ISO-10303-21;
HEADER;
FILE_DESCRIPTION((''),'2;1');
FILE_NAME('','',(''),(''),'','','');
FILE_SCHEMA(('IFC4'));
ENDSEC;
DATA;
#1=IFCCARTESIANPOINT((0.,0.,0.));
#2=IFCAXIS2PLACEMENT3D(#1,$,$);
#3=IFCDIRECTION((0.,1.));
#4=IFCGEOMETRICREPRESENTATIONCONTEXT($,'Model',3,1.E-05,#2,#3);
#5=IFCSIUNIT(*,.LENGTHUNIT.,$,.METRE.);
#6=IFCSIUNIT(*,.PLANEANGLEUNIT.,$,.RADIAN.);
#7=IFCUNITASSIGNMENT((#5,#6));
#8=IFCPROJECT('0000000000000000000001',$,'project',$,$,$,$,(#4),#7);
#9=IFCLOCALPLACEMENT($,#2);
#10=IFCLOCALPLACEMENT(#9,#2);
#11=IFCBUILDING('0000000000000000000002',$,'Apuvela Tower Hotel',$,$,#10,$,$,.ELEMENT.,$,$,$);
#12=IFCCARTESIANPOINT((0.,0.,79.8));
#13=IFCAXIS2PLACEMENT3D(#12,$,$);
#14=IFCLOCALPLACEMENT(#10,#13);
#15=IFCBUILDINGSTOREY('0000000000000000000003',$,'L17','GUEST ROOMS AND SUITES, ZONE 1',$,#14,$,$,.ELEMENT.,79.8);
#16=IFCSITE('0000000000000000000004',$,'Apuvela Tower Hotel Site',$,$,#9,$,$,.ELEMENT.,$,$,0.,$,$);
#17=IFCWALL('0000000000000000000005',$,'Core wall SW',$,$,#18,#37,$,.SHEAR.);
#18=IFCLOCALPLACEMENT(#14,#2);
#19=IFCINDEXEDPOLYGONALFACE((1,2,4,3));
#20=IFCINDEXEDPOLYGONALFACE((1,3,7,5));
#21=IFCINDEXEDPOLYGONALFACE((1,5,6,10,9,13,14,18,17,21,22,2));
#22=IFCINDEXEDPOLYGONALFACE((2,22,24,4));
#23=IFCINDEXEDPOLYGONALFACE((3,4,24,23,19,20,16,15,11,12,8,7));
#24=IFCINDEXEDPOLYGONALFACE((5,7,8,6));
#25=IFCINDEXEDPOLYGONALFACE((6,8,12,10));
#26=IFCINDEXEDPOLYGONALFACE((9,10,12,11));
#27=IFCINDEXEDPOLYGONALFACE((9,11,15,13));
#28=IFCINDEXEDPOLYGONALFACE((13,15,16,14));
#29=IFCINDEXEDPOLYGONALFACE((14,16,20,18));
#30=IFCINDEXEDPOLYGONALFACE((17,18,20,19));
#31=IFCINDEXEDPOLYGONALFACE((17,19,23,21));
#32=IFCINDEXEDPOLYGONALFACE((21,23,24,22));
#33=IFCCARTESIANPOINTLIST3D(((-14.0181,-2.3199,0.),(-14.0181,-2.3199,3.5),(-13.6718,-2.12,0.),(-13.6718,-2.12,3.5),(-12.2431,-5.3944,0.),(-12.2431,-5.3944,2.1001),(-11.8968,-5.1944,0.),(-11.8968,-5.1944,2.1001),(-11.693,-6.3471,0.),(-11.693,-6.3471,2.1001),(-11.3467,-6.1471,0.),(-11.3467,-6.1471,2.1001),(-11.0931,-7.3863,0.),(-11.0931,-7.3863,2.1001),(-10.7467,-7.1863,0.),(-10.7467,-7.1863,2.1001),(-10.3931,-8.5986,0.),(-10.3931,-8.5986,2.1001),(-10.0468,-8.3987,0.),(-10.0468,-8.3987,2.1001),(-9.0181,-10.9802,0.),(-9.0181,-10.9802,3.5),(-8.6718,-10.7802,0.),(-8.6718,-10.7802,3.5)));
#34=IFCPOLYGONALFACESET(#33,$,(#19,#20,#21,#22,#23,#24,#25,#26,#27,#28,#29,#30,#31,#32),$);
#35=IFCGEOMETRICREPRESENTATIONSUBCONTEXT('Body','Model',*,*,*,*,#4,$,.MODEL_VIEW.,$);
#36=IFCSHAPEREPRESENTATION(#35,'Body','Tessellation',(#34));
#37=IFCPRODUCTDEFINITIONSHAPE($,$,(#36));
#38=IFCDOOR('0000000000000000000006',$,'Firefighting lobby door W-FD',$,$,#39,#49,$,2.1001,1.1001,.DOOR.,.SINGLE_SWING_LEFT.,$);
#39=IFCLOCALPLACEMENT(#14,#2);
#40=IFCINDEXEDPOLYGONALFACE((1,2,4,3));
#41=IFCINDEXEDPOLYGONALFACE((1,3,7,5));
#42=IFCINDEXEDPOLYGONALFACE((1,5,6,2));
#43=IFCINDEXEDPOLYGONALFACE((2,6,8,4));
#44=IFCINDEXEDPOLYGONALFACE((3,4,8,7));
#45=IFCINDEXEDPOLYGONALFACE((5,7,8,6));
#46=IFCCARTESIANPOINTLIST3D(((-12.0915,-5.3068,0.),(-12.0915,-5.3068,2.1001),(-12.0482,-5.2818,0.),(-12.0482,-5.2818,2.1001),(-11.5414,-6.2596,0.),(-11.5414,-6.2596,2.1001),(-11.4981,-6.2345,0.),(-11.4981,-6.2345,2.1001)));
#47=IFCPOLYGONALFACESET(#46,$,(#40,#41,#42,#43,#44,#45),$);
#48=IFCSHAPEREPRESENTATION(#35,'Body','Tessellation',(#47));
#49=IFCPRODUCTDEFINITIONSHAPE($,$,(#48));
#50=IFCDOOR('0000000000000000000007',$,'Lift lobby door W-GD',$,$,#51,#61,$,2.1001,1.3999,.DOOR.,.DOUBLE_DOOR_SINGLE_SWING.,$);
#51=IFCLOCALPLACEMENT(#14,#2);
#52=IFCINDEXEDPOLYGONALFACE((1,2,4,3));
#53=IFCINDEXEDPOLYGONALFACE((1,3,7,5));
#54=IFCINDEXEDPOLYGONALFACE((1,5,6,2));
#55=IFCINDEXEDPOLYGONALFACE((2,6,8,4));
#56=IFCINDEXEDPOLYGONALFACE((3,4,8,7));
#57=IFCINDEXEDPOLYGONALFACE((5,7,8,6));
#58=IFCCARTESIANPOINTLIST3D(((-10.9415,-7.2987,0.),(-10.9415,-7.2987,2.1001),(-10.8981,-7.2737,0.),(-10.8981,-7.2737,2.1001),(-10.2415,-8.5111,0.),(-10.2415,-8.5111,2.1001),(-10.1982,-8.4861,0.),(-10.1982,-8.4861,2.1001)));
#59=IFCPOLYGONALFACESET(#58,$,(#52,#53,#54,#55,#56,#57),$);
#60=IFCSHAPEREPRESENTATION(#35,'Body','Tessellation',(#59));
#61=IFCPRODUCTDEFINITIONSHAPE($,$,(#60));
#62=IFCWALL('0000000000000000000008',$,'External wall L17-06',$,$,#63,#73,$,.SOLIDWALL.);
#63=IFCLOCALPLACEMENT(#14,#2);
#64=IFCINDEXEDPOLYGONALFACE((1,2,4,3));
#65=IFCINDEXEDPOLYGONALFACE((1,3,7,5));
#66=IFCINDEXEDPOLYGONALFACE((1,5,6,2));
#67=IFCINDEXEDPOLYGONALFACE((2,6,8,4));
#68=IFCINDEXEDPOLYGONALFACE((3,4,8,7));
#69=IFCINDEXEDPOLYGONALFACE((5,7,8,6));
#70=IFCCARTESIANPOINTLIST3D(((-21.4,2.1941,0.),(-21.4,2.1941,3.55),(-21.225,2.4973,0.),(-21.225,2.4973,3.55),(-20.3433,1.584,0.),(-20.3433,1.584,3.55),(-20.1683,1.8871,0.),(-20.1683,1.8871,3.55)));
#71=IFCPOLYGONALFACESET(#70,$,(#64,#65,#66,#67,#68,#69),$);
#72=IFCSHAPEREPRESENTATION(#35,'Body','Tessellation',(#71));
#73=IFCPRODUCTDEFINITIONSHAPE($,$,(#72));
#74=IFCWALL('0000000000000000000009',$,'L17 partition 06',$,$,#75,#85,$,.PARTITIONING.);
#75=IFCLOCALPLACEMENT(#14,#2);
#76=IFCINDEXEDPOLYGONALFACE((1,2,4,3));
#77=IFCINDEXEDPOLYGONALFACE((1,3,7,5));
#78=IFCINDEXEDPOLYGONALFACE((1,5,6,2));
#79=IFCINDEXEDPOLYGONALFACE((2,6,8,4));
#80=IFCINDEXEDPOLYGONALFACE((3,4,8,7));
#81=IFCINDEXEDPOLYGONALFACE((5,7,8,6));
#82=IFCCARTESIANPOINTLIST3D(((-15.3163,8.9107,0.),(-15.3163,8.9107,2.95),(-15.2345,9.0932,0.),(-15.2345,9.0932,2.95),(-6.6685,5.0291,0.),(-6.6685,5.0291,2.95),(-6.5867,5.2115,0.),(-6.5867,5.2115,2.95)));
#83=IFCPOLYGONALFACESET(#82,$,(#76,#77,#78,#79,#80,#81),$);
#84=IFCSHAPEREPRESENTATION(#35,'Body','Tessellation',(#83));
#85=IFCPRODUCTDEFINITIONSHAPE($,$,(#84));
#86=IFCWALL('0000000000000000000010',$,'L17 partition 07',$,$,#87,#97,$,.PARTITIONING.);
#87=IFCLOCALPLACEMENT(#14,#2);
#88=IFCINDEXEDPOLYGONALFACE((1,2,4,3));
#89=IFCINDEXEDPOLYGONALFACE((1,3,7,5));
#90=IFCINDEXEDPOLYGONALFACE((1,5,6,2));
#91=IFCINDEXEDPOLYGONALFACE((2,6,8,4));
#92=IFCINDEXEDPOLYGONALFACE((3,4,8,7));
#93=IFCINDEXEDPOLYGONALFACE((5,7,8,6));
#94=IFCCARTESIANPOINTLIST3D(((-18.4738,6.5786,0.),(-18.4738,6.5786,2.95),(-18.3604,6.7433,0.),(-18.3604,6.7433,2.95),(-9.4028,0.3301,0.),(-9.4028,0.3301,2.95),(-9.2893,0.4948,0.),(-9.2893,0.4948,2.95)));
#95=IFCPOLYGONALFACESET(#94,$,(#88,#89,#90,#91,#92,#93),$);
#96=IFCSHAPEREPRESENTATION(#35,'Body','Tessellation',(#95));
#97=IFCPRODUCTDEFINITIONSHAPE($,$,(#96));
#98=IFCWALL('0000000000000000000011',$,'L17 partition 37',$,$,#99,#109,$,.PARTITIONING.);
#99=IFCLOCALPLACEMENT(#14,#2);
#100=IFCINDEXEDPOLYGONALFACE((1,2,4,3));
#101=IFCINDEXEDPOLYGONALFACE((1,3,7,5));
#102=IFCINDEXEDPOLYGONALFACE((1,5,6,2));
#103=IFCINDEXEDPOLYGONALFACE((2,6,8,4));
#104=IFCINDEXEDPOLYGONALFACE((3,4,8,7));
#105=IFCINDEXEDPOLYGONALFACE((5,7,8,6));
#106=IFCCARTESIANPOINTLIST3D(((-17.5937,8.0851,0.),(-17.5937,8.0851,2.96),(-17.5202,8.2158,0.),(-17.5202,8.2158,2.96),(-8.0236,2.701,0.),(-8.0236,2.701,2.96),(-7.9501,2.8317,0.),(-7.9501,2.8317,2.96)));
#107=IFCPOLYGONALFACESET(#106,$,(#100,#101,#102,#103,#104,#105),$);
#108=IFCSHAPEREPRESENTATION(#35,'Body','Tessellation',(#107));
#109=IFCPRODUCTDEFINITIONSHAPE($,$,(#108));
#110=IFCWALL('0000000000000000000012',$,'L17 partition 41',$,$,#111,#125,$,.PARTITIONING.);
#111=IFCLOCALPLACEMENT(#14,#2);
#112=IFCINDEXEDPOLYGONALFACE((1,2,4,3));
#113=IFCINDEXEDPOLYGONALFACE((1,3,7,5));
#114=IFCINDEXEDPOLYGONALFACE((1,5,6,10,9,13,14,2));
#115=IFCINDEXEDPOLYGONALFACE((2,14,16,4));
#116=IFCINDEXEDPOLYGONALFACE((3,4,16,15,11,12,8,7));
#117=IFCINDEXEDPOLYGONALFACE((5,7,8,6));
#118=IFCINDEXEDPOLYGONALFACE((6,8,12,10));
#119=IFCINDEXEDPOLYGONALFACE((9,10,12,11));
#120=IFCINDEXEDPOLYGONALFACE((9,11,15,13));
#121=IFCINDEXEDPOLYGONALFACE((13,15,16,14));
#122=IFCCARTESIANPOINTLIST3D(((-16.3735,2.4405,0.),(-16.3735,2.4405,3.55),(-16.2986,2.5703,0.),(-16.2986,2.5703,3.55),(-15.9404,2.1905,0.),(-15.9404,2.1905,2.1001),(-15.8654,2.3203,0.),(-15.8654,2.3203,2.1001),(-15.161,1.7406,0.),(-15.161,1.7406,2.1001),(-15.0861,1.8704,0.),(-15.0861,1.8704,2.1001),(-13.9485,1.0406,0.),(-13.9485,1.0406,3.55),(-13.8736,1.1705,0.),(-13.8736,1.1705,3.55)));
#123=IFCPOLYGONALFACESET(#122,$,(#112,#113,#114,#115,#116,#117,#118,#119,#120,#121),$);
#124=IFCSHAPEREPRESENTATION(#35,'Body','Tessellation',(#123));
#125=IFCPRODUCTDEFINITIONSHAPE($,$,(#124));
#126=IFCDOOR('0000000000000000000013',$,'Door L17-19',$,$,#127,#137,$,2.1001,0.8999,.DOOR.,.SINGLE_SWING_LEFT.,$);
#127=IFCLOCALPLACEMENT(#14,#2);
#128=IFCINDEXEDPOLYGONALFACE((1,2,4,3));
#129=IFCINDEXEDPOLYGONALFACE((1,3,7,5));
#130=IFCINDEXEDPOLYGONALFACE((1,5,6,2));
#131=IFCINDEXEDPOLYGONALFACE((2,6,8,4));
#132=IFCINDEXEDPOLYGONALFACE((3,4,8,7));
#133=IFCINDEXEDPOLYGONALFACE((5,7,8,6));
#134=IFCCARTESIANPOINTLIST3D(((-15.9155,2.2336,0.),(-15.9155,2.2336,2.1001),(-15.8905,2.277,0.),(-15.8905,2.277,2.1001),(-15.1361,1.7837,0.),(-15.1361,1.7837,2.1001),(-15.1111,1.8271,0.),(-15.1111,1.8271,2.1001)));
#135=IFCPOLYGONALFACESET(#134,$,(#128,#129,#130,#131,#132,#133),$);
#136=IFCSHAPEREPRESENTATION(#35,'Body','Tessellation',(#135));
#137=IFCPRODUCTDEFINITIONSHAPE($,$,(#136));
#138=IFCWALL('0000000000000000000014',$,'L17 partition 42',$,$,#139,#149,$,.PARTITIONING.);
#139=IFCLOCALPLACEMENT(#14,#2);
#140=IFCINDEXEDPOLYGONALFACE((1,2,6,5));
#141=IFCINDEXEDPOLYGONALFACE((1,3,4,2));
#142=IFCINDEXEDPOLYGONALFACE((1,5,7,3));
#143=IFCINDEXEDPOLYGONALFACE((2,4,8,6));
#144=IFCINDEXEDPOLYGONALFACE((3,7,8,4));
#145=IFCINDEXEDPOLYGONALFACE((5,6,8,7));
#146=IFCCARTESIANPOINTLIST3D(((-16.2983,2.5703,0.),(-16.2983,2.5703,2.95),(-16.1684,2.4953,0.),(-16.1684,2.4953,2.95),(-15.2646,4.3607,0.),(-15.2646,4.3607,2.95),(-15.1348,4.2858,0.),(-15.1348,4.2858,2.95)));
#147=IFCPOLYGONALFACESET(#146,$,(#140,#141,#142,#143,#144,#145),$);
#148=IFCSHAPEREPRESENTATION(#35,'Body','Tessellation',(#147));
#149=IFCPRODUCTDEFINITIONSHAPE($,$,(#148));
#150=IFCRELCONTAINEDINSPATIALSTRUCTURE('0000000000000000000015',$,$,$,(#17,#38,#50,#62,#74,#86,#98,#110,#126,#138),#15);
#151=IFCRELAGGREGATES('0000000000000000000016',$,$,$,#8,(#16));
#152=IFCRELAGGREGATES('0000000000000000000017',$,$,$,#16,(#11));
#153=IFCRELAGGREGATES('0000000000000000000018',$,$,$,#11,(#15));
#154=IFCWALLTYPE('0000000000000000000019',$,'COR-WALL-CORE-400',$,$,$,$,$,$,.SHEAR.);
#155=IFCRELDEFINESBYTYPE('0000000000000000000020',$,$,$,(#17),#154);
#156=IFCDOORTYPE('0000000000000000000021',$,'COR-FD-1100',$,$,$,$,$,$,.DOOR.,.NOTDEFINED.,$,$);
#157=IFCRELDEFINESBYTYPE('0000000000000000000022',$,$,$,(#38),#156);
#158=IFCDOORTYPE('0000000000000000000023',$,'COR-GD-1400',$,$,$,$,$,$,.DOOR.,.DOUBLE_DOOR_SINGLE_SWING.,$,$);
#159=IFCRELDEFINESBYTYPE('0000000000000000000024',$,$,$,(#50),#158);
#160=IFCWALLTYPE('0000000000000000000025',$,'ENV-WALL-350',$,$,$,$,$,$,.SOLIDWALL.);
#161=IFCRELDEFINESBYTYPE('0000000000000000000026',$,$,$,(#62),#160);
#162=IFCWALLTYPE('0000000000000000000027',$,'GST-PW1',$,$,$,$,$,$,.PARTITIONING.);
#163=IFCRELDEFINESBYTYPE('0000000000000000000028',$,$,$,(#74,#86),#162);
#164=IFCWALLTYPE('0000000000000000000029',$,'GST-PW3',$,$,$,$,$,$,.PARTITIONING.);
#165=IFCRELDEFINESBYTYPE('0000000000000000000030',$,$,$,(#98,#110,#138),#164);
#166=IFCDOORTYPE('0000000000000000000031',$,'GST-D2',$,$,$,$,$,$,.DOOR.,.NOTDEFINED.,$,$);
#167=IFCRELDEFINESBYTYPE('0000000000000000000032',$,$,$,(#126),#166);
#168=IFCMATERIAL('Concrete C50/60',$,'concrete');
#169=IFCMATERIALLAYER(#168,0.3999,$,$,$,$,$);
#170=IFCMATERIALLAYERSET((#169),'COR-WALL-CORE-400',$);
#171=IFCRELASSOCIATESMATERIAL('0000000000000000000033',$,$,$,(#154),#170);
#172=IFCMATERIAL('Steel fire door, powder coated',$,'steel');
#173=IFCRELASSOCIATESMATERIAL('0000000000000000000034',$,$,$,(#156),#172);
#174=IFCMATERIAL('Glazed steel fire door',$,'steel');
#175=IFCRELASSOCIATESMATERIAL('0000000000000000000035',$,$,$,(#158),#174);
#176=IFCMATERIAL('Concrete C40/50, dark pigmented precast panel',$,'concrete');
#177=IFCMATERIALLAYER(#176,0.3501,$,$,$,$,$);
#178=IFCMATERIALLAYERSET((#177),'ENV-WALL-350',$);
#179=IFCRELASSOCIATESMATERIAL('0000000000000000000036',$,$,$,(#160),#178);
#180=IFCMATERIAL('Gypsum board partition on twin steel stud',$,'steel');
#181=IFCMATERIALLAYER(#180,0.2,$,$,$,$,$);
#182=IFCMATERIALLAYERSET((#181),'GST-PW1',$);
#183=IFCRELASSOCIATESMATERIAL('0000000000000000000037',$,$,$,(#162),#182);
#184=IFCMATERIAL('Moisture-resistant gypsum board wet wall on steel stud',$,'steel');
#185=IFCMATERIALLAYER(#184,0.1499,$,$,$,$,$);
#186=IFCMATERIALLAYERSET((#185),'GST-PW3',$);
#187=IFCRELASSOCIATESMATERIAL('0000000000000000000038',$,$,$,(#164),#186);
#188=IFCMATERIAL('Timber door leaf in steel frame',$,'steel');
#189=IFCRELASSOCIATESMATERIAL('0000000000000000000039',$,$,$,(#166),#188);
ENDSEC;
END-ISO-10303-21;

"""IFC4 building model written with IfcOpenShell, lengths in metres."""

from ifc_helpers import new_model, si_unit, direction, frame, frame_2d, origin, place, context, subcontext, project, spatial, rectangle, extrude, material, layer, layer_set, type_object, element, fill, save


model = new_model("IFC4")

# Units and contexts
model_context = context("Model", 3, precision=1e-05, world=origin(), true_north=direction((0.0, 1.0)))
body_context = subcontext(model_context, "Body", "Model", "MODEL_VIEW")
ifc_project = project(units=[si_unit("LENGTHUNIT", "METRE"), si_unit("PLANEANGLEUNIT", "RADIAN")], contexts=[model_context])

# Site, building, storey
site_placement = place(None, origin())
site = spatial("IfcSite", under=ifc_project, at=site_placement, Name="Apuvela Tower Hotel Site", CompositionType="ELEMENT", RefElevation=0.0)
building_placement = place(site_placement, origin())
building = spatial("IfcBuilding", under=site, at=building_placement, Name="Apuvela Tower Hotel", CompositionType="ELEMENT")
storey_placement = place(building_placement, frame((0.0, 0.0, 79.8)))
storey = spatial("IfcBuildingStorey", under=building, at=storey_placement, Name="L17", Description="GUEST ROOMS AND SUITES, ZONE 1", CompositionType="ELEMENT", Elevation=79.8)

# Wall, openings, doors
ifc_material_1 = material(Name="Concrete C50/60", Category="concrete")
ifc_layer_1 = layer(ifc_material_1, 0.3999)
ifc_layer_set_1 = layer_set([ifc_layer_1], Name="COR-WALL-CORE-400")
wall_type_1 = type_object("IfcWallType", Name="COR-WALL-CORE-400", PredefinedType="SHEAR", material=ifc_layer_set_1)
wall_1_placement = place(storey_placement, frame((-13.845, -2.22, 0.0), z_axis=(0.0, 0.0, 1.0), x_axis=(0.500004, -0.866023, 0.0)))
wall_1 = element("IfcWall", 1, at=wall_1_placement, inside=storey, type_object=wall_type_1, Name="Core wall SW", PredefinedType="SHEAR", context=body_context, shape_type="SweptSolid", body=[
    extrude(rectangle(XDim=10.0, YDim=0.3999, at=frame_2d((5.0, 0.0))), origin(), (0.0, 0.0, 1.0), 3.5),
])
opening_1_placement = place(wall_1_placement, frame((3.55, 0.0, 0.0)))
opening_1 = element("IfcOpeningElement", 2, at=opening_1_placement, cuts=wall_1, PredefinedType="OPENING", context=body_context, shape_type="SweptSolid", body=[
    extrude(rectangle(XDim=1.1001, YDim=2.1001, at=frame_2d((0.55, 1.05))), frame((0.0, 0.21, 0.0), z_axis=(0.0, -1.0, 0.0), x_axis=(1.0, 0.0, 0.0)), (0.0, 0.0, 1.0), 0.4199),
])
opening_2_placement = place(wall_1_placement, frame((5.8501, 0.0, 0.0)))
opening_2 = element("IfcOpeningElement", 3, at=opening_2_placement, cuts=wall_1, PredefinedType="OPENING", context=body_context, shape_type="SweptSolid", body=[
    extrude(rectangle(XDim=1.3999, YDim=2.1001, at=frame_2d((0.7, 1.05))), frame((0.0, 0.21, 0.0), z_axis=(0.0, -1.0, 0.0), x_axis=(1.0, 0.0, 0.0)), (0.0, 0.0, 1.0), 0.4199),
])
ifc_material_2 = material(Name="Steel fire door, powder coated", Category="steel")
door_type_1 = type_object("IfcDoorType", Name="COR-FD-1100", OperationType="NOTDEFINED", PredefinedType="DOOR", material=ifc_material_2)
door_1_placement = place(opening_1_placement, frame((1.1001, 0.0, 0.0), z_axis=(0.0, 0.0, 1.0), x_axis=(-1.0, 0.0, 0.0)))
door_1 = element("IfcDoor", 4, at=door_1_placement, inside=storey, type_object=door_type_1, Name="Firefighting lobby door W-FD", OperationType="SINGLE_SWING_LEFT", OverallHeight=2.1001, OverallWidth=1.1001, PredefinedType="DOOR", context=body_context, shape_type="SweptSolid", body=[
    extrude(rectangle(XDim=1.1001, YDim=2.1001, at=frame_2d((0.55, 1.05))), frame((0.0, 0.0249, 0.0), z_axis=(0.0, -1.0, 0.0), x_axis=(1.0, 0.0, 0.0)), (0.0, 0.0, 1.0), 0.05),
])
fill(opening_1, door_1)
ifc_material_3 = material(Name="Glazed steel fire door", Category="steel")
door_type_2 = type_object("IfcDoorType", Name="COR-GD-1400", OperationType="DOUBLE_DOOR_SINGLE_SWING", PredefinedType="DOOR", material=ifc_material_3)
door_2_placement = place(opening_2_placement, frame((1.3999, 0.0, 0.0), z_axis=(0.0, 0.0, 1.0), x_axis=(-1.0, 0.0, 0.0)))
door_2 = element("IfcDoor", 5, at=door_2_placement, inside=storey, type_object=door_type_2, Name="Lift lobby door W-GD", OperationType="DOUBLE_DOOR_SINGLE_SWING", OverallHeight=2.1001, OverallWidth=1.3999, PredefinedType="DOOR", context=body_context, shape_type="SweptSolid", body=[
    extrude(rectangle(XDim=1.3999, YDim=2.1001, at=frame_2d((0.7, 1.05))), frame((0.0, 0.0249, 0.0), z_axis=(0.0, -1.0, 0.0), x_axis=(1.0, 0.0, 0.0)), (0.0, 0.0, 1.0), 0.05),
])
fill(opening_2, door_2)

# Wall
ifc_material_4 = material(Name="Concrete C40/50, dark pigmented precast panel", Category="concrete")
ifc_layer_2 = layer(ifc_material_4, 0.3501)
ifc_layer_set_2 = layer_set([ifc_layer_2], Name="ENV-WALL-350")
wall_type_2 = type_object("IfcWallType", Name="ENV-WALL-350", PredefinedType="SOLIDWALL", material=ifc_layer_set_2)
wall_2_placement = place(storey_placement, frame((-21.3125, 2.3457, 0.0), z_axis=(0.0, 0.0, 1.0), x_axis=(0.866006, -0.500034, 0.0)))
element("IfcWall", 6, at=wall_2_placement, inside=storey, type_object=wall_type_2, Name="External wall L17-06", PredefinedType="SOLIDWALL", context=body_context, shape_type="SweptSolid", body=[
    extrude(rectangle(XDim=1.2202, YDim=0.3501, at=frame_2d((0.6101, 0.0))), origin(), (0.0, 0.0, 1.0), 3.55),
])

# Walls
ifc_material_5 = material(Name="Gypsum board partition on twin steel stud", Category="steel")
ifc_layer_3 = layer(ifc_material_5, 0.2)
ifc_layer_set_3 = layer_set([ifc_layer_3], Name="GST-PW1")
wall_type_3 = type_object("IfcWallType", Name="GST-PW1", PredefinedType="PARTITIONING", material=ifc_layer_set_3)
wall_3_placement = place(storey_placement, frame((-15.2754, 9.002, 0.0), z_axis=(0.0, 0.0, 1.0), x_axis=(0.912311, -0.409498, 0.0)))
element("IfcWall", 7, at=wall_3_placement, inside=storey, type_object=wall_type_3, Name="L17 partition 06", PredefinedType="PARTITIONING", context=body_context, shape_type="SweptSolid", body=[
    extrude(rectangle(XDim=9.479, YDim=0.2, at=frame_2d((4.7395, 0.0))), origin(), (0.0, 0.0, 1.0), 2.95),
])
wall_4_placement = place(storey_placement, frame((-18.417, 6.6609, 0.0), z_axis=(0.0, 0.0, 1.0), x_axis=(0.823525, -0.56728, 0.0)))
element("IfcWall", 8, at=wall_4_placement, inside=storey, type_object=wall_type_3, Name="L17 partition 07", PredefinedType="PARTITIONING", context=body_context, shape_type="SweptSolid", body=[
    extrude(rectangle(XDim=11.0149, YDim=0.2, at=frame_2d((5.5073, 0.0))), origin(), (0.0, 0.0, 1.0), 2.95),
])
ifc_material_6 = material(Name="Moisture-resistant gypsum board wet wall on steel stud", Category="steel")
ifc_layer_4 = layer(ifc_material_6, 0.1499)
ifc_layer_set_4 = layer_set([ifc_layer_4], Name="GST-PW3")
wall_type_4 = type_object("IfcWallType", Name="GST-PW3", PredefinedType="PARTITIONING", material=ifc_layer_set_4)
wall_5_placement = place(storey_placement, frame((-17.5569, 8.1504, 0.0), z_axis=(0.0, 0.0, 1.0), x_axis=(0.871542, -0.490321, 0.0)))
element("IfcWall", 9, at=wall_5_placement, inside=storey, type_object=wall_type_4, Name="L17 partition 37", PredefinedType="PARTITIONING", context=body_context, shape_type="SweptSolid", body=[
    extrude(rectangle(XDim=10.9807, YDim=0.1499, at=frame_2d((5.4902, 0.0))), origin(), (0.0, 0.0, 1.0), 2.96),
])

# Wall, opening, door
wall_6_placement = place(storey_placement, frame((-16.3359, 2.5054, 0.0), z_axis=(0.0, 0.0, 1.0), x_axis=(0.866056, -0.499946, 0.0)))
wall_6 = element("IfcWall", 10, at=wall_6_placement, inside=storey, type_object=wall_type_4, Name="L17 partition 41", PredefinedType="PARTITIONING", context=body_context, shape_type="SweptSolid", body=[
    extrude(rectangle(XDim=2.8, YDim=0.1499, at=frame_2d((1.3999, 0.0))), origin(), (0.0, 0.0, 1.0), 3.55),
])
opening_3_placement = place(wall_6_placement, frame((0.5, 0.0, 0.0)))
opening_3 = element("IfcOpeningElement", 11, at=opening_3_placement, cuts=wall_6, PredefinedType="OPENING", context=body_context, shape_type="SweptSolid", body=[
    extrude(rectangle(XDim=0.8999, YDim=2.1001, at=frame_2d((0.45, 1.05))), frame((0.0, 0.085, 0.0), z_axis=(0.0, -1.0, 0.0), x_axis=(1.0, 0.0, 0.0)), (0.0, 0.0, 1.0), 0.1699),
])
ifc_material_7 = material(Name="Timber door leaf in steel frame", Category="steel")
door_type_3 = type_object("IfcDoorType", Name="GST-D2", OperationType="NOTDEFINED", PredefinedType="DOOR", material=ifc_material_7)
door_3_placement = place(opening_3_placement, origin())
door_3 = element("IfcDoor", 12, at=door_3_placement, inside=storey, type_object=door_type_3, Name="Door L17-19", OperationType="SINGLE_SWING_LEFT", OverallHeight=2.1001, OverallWidth=0.8999, PredefinedType="DOOR", context=body_context, shape_type="SweptSolid", body=[
    extrude(rectangle(XDim=0.8999, YDim=2.1001, at=frame_2d((0.45, 1.05))), frame((0.0, 0.0249, 0.0), z_axis=(0.0, -1.0, 0.0), x_axis=(1.0, 0.0, 0.0)), (0.0, 0.0, 1.0), 0.05),
])
fill(opening_3, door_3)

# Wall
wall_7_placement = place(storey_placement, frame((-15.1997, 4.3232, 0.0), z_axis=(0.0, 0.0, 1.0), x_axis=(-0.499975, -0.86604, 0.0)))
element("IfcWall", 13, at=wall_7_placement, inside=storey, type_object=wall_type_4, Name="L17 partition 42", PredefinedType="PARTITIONING", context=body_context, shape_type="SweptSolid", body=[
    extrude(rectangle(XDim=2.0674, YDim=0.1499, at=frame_2d((1.0337, 0.0))), origin(), (0.0, 0.0, 1.0), 2.95),
])

save(model, "model.ifc")
